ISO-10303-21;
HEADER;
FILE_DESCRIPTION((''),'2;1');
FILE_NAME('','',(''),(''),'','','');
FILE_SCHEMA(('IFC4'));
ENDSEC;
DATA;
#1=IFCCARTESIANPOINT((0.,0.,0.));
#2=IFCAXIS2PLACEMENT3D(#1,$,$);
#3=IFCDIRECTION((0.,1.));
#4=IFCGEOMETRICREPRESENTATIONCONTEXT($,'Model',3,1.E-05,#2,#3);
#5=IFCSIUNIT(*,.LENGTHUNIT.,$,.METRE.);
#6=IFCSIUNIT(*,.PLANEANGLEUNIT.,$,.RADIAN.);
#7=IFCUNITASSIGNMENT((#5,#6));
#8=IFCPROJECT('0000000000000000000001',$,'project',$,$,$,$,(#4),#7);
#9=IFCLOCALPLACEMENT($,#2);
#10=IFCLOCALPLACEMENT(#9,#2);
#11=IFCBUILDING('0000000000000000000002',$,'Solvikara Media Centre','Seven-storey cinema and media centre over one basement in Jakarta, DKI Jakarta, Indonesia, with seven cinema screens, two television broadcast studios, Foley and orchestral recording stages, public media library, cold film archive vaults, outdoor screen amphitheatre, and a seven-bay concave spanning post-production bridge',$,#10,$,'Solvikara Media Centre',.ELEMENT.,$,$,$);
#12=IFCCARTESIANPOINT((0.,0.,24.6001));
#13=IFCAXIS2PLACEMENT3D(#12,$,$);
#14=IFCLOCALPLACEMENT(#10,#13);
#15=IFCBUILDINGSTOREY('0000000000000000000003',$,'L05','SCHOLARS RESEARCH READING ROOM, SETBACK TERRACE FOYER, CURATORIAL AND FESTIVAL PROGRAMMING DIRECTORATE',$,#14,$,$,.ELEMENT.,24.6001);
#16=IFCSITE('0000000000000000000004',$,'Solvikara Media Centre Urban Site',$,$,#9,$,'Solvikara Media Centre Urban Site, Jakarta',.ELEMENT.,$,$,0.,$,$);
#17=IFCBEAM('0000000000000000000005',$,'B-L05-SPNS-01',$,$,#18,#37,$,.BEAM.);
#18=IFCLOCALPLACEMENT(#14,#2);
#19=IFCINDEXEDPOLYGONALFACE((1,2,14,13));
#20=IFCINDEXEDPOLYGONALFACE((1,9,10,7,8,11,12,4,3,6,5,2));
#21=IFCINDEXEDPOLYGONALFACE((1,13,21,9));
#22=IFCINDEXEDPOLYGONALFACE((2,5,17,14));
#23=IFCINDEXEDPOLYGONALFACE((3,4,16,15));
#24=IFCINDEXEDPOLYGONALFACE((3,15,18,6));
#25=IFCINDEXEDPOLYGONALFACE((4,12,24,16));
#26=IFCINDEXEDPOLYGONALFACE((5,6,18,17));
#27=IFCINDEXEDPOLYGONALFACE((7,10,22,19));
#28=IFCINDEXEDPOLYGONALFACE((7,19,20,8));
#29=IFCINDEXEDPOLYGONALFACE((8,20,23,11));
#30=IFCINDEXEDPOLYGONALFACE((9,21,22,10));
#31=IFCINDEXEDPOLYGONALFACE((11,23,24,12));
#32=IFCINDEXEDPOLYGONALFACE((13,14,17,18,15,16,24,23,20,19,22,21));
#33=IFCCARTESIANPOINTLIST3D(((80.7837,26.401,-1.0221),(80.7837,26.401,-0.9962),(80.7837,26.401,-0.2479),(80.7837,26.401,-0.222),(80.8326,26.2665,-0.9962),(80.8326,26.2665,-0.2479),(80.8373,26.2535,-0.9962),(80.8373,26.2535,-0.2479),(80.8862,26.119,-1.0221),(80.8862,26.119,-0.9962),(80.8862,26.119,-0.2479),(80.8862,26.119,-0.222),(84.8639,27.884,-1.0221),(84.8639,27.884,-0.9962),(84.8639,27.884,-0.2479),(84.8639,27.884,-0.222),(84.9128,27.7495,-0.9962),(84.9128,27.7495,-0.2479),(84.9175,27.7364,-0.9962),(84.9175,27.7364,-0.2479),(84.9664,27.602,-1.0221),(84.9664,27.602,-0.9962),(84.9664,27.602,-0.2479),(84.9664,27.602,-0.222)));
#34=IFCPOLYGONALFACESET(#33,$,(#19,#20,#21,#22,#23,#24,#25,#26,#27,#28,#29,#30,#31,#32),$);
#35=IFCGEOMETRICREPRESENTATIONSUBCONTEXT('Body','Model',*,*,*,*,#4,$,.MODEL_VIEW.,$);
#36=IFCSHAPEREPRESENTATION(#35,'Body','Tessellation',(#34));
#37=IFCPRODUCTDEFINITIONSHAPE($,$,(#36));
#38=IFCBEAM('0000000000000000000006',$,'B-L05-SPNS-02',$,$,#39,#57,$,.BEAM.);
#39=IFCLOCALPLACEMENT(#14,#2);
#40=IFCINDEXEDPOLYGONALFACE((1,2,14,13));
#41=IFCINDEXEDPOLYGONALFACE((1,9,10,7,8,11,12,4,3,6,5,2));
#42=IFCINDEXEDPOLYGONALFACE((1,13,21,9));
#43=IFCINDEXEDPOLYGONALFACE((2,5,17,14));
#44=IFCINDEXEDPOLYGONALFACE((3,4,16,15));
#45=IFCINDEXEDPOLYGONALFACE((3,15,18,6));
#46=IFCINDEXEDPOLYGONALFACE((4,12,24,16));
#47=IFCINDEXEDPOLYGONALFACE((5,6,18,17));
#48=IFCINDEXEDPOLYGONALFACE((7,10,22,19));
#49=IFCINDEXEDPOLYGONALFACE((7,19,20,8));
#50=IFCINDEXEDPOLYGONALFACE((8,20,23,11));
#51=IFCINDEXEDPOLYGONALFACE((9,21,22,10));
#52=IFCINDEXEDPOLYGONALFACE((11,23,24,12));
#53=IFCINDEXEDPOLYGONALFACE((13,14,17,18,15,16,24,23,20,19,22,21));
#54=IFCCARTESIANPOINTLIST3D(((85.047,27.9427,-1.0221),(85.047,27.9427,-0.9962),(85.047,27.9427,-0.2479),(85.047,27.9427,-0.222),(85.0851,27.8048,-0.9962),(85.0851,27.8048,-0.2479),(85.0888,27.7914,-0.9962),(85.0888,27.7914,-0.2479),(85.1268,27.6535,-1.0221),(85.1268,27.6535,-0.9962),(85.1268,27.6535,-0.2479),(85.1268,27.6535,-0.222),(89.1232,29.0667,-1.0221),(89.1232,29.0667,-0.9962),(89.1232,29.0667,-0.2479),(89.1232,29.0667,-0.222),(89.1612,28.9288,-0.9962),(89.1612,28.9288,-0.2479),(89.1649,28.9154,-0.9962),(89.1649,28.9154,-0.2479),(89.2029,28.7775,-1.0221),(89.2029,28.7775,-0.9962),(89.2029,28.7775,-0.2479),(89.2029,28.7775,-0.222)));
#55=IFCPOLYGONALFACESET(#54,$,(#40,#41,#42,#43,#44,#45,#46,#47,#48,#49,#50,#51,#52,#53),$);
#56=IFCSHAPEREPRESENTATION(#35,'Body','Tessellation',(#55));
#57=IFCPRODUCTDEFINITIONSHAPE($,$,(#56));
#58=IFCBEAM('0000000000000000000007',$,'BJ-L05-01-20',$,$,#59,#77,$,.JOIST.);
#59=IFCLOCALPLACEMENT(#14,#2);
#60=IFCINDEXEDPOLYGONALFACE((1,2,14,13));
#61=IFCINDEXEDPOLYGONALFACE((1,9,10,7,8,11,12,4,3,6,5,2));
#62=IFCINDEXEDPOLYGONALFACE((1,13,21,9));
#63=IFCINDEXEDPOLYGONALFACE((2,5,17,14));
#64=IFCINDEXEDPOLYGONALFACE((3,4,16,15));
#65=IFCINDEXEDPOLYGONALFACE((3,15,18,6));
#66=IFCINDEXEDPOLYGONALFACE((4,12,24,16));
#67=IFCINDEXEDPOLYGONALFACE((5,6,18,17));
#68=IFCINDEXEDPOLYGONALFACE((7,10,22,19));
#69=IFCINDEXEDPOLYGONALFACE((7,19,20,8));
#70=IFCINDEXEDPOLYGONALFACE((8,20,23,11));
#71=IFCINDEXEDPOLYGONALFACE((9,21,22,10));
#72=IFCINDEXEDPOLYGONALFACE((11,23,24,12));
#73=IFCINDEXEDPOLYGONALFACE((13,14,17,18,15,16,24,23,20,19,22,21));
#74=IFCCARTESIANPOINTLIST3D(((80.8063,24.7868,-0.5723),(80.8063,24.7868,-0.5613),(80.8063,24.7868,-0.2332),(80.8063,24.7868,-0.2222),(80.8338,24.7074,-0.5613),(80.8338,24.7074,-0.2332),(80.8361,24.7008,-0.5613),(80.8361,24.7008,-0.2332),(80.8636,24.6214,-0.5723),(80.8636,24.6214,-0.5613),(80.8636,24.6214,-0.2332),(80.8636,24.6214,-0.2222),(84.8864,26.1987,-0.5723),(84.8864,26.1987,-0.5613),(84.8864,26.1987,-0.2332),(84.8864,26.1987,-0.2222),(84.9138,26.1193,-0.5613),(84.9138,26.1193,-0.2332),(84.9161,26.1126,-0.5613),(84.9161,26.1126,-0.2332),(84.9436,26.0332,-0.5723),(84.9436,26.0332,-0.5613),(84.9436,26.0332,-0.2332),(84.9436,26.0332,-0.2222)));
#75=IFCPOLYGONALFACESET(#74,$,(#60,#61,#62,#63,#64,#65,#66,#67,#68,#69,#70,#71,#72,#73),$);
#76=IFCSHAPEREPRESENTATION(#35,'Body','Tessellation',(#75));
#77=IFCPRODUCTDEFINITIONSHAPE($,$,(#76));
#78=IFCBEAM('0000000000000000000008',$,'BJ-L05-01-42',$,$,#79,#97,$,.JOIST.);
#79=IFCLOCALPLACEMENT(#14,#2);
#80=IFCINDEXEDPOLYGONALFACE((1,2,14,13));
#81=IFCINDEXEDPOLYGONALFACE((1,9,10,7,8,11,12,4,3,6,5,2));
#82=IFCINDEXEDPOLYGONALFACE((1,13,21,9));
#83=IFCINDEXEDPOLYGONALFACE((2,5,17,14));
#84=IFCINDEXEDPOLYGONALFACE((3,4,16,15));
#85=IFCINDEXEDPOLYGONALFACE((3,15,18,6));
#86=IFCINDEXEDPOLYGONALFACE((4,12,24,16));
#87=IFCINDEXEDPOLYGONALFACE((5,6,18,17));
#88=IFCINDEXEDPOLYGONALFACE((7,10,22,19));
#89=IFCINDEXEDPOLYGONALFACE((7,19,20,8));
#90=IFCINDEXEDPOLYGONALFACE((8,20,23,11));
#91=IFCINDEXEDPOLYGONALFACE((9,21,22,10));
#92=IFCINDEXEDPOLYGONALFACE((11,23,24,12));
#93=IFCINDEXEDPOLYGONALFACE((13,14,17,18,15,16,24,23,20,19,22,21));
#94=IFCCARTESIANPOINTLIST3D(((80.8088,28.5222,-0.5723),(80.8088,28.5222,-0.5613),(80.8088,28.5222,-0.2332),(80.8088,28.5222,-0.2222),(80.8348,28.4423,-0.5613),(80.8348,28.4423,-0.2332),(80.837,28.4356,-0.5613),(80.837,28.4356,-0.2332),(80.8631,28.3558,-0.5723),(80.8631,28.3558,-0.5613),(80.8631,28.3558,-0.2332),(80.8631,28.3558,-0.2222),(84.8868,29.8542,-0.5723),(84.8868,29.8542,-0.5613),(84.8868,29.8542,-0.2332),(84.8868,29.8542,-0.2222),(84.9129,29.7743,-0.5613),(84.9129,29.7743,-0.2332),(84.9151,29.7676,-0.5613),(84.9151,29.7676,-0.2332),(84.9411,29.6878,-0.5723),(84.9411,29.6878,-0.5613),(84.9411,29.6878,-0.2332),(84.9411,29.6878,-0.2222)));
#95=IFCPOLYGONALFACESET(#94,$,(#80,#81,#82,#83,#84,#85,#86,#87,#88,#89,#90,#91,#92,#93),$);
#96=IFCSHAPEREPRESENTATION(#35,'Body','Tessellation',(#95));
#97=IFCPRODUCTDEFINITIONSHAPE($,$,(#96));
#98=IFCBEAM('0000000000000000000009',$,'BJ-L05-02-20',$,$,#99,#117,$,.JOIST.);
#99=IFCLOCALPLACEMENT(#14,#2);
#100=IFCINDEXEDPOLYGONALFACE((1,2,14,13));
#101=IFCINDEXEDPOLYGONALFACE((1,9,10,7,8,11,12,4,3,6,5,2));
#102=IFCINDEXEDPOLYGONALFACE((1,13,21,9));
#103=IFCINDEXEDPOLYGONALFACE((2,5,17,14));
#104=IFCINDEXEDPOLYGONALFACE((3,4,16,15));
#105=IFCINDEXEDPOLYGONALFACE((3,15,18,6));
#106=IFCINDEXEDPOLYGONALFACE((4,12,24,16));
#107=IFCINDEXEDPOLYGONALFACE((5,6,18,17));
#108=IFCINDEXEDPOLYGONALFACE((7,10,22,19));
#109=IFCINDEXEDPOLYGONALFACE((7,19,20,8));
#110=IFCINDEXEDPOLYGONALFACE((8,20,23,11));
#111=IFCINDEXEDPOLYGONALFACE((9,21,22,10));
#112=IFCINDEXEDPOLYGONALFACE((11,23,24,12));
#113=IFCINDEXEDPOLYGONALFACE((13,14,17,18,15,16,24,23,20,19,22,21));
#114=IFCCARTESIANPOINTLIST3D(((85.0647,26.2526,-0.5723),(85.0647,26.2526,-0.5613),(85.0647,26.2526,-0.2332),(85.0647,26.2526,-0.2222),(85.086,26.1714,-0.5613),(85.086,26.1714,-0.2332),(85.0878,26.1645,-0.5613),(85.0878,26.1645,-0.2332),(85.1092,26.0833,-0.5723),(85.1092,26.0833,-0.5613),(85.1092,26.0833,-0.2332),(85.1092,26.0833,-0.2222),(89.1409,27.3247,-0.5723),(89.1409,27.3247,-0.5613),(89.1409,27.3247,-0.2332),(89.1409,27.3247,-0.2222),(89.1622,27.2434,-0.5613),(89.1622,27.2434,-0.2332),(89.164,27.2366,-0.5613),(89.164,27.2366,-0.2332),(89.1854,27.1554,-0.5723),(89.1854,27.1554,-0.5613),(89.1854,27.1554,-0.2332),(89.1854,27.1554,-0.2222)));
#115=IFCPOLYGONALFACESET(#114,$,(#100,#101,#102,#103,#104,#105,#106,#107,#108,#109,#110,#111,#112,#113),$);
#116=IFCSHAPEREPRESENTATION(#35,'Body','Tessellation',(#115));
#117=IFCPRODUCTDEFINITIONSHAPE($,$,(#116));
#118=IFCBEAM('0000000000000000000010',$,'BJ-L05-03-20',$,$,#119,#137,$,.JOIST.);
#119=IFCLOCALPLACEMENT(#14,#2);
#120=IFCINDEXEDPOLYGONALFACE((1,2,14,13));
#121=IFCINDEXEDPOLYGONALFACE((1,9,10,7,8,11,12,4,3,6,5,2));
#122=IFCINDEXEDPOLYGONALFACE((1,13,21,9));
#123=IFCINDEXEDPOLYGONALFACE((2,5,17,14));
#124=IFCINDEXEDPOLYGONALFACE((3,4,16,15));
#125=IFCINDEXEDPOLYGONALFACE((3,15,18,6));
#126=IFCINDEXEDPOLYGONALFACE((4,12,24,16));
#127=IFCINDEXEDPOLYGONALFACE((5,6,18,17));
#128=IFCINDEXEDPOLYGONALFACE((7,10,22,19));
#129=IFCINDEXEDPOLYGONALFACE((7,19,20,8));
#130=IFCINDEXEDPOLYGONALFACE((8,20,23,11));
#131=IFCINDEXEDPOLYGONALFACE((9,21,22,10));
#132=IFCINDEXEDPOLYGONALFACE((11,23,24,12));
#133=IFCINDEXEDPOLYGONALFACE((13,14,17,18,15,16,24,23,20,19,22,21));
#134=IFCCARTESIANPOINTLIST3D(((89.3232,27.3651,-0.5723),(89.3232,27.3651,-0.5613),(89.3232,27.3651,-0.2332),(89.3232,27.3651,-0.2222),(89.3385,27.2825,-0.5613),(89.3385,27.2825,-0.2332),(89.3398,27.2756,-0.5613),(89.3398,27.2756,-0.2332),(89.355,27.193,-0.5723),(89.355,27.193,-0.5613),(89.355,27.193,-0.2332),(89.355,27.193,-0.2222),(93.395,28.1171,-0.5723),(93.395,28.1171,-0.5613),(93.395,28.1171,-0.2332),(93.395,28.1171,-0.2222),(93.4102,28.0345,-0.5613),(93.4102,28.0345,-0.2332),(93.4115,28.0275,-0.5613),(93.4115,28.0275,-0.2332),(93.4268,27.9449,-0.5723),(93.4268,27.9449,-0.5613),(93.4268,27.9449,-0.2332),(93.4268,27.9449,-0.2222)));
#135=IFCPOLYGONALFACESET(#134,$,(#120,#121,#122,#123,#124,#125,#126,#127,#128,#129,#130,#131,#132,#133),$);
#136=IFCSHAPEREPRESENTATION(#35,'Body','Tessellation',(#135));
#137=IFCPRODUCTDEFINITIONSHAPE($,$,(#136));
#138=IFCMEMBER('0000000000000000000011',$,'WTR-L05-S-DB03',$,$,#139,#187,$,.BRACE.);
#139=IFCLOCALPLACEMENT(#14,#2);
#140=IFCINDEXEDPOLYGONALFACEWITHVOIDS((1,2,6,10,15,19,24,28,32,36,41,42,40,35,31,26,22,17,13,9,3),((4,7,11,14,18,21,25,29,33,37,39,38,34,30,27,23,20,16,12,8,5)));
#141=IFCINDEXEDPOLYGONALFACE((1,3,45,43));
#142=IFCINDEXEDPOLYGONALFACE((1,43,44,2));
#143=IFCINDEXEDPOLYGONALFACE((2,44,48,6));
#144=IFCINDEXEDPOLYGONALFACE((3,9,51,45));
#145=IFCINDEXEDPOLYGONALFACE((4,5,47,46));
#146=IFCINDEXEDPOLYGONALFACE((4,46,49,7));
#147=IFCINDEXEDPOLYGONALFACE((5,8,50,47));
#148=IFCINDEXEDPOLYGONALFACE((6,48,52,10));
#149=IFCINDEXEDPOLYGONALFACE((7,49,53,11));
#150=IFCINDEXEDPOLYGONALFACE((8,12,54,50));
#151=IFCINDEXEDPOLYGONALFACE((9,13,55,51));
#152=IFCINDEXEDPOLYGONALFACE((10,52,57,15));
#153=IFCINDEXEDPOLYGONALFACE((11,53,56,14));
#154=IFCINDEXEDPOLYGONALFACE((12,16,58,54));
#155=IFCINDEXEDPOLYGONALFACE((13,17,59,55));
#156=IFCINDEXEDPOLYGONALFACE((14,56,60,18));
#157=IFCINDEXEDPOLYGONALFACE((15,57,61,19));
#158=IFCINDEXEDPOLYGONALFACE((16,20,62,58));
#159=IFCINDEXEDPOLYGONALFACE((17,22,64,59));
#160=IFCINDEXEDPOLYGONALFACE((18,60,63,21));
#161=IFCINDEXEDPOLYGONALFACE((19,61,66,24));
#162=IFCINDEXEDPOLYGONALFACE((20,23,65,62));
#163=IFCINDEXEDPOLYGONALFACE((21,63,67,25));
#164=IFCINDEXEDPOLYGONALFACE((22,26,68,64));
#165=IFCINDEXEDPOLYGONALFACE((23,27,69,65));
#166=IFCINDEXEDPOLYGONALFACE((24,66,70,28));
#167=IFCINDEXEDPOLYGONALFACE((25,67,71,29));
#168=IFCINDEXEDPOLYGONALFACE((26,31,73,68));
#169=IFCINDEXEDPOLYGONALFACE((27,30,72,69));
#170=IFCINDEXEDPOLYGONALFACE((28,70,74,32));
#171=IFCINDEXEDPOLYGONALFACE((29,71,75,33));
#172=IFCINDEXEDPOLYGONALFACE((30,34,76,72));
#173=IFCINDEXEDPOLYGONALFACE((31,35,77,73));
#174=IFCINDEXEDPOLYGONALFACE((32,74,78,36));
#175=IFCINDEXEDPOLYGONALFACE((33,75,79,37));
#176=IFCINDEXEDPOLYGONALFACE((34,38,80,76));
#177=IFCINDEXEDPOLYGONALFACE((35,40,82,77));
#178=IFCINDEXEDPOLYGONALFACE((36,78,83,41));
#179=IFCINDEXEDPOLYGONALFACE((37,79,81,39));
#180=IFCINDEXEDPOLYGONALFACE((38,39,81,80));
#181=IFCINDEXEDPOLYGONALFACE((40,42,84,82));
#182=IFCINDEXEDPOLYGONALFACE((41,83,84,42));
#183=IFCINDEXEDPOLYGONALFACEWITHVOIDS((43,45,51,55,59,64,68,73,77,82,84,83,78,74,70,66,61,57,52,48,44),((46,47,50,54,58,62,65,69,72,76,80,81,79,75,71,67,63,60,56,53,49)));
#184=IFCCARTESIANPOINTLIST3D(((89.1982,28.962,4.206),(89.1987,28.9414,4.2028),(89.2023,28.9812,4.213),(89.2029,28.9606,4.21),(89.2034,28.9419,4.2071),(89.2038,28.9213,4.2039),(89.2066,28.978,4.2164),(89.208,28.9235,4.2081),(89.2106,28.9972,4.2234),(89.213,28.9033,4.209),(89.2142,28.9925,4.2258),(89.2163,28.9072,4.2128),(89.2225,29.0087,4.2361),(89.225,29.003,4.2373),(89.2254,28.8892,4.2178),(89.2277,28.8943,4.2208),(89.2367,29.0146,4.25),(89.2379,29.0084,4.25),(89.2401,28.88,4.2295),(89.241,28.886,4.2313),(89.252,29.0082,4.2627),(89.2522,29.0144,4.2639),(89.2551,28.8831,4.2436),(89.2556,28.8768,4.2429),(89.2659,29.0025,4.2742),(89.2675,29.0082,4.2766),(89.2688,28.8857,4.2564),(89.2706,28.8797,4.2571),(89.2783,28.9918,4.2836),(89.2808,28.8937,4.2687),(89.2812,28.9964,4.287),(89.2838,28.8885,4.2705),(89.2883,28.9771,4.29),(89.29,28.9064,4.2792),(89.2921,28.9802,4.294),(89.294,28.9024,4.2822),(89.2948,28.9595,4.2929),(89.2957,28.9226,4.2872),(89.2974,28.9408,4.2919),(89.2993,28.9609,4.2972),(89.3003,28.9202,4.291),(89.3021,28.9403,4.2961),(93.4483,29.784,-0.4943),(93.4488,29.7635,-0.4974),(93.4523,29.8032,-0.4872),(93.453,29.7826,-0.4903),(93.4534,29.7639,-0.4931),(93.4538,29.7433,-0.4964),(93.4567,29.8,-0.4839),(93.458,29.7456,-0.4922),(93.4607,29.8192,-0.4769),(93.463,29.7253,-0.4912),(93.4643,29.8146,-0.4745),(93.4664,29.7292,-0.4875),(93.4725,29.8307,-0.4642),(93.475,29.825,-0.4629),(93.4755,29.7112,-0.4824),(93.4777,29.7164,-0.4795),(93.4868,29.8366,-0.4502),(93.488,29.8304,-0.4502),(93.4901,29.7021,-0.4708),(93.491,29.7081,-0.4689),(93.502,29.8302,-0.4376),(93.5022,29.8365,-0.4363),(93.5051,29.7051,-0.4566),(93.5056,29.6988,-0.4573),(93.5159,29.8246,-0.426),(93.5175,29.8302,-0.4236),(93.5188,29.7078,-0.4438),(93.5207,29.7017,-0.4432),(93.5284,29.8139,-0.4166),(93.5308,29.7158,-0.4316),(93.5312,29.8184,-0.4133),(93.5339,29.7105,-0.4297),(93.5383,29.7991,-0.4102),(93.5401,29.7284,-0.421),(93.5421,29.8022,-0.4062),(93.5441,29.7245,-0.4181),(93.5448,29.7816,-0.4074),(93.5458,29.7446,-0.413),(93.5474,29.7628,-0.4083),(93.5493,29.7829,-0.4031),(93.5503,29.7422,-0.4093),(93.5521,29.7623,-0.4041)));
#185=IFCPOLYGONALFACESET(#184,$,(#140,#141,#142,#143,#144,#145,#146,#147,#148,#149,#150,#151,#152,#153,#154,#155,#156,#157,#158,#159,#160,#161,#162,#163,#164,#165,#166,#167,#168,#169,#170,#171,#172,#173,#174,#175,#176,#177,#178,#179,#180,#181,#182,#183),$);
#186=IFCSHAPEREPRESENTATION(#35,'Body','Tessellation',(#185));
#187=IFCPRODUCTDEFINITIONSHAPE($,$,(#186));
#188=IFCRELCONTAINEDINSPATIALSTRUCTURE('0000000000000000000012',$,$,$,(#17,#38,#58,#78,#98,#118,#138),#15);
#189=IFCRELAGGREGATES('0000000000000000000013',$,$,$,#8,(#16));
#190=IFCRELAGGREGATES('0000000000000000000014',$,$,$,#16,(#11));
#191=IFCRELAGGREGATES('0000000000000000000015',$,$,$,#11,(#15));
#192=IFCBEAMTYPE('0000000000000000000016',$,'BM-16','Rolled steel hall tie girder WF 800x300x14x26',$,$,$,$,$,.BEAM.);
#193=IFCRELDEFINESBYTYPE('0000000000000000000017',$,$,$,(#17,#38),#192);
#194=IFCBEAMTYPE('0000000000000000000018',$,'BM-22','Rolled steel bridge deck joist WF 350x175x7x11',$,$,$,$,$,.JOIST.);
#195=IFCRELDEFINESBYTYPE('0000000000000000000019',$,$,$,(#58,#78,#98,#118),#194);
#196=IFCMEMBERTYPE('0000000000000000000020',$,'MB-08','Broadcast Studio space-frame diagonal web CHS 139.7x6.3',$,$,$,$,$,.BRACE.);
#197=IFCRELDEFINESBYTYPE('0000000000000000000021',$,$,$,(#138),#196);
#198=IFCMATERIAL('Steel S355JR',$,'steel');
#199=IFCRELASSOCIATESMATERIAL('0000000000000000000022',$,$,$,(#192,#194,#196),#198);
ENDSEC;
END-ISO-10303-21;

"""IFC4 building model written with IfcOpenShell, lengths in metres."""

from ifc_helpers import new_model, si_unit, direction, frame, origin, origin_2d, place, context, subcontext, project, spatial, hollow_circle, i_section, extrude, material, material_profile, profile_set, type_object, element, save


model = new_model("IFC4")

# Units and contexts
model_context = context("Model", 3, precision=1e-05, world=origin(), true_north=direction((0.0, 1.0)))
body_context = subcontext(model_context, "Body", "Model", "MODEL_VIEW")
ifc_project = project(units=[si_unit("LENGTHUNIT", "METRE"), si_unit("PLANEANGLEUNIT", "RADIAN")], contexts=[model_context])

# Site, building, storey
site_placement = place(None, origin())
site = spatial("IfcSite", under=ifc_project, at=site_placement, Name="Solvikara Media Centre Urban Site", LongName="Solvikara Media Centre Urban Site, Jakarta", CompositionType="ELEMENT", RefElevation=0.0)
building_placement = place(site_placement, origin())
building = spatial("IfcBuilding", under=site, at=building_placement, Name="Solvikara Media Centre", Description="Seven-storey cinema and media centre over one basement in Jakarta, DKI Jakarta, Indonesia, with seven cinema screens, two television broadcast studios, Foley and orchestral recording stages, public media library, cold film archive vaults, outdoor screen amphitheatre, and a seven-bay concave spanning post-production bridge", LongName="Solvikara Media Centre", CompositionType="ELEMENT")
storey_placement = place(building_placement, frame((0.0, 0.0, 24.6001)))
storey = spatial("IfcBuildingStorey", under=building, at=storey_placement, Name="L05", Description="SCHOLARS RESEARCH READING ROOM, SETBACK TERRACE FOYER, CURATORIAL AND FESTIVAL PROGRAMMING DIRECTORATE", CompositionType="ELEMENT", Elevation=24.6001)

# Beams
ifc_material_1 = material(Name="Steel S355JR", Category="steel")
ifc_material_profile_1 = material_profile(ifc_material_1, i_section(OverallWidth=0.3, OverallDepth=0.8, WebThickness=0.0139, FlangeThickness=0.0259, at=origin_2d()), Name="WF 800x300x14x26")
ifc_profile_set_1 = profile_set([ifc_material_profile_1], Name="Steel S355JR")
beam_type_1 = type_object("IfcBeamType", Name="BM-16", Description="Rolled steel hall tie girder WF 800x300x14x26", PredefinedType="BEAM", material=ifc_profile_set_1)
beam_1_placement = place(storey_placement, frame((80.835, 26.26, -0.6221), z_axis=(0.939849, 0.34159, 0.0), x_axis=(-0.34159, 0.939849, 0.0)))
element("IfcBeam", 1, at=beam_1_placement, inside=storey, type_object=beam_type_1, Name="B-L05-SPNS-01", PredefinedType="BEAM", context=body_context, shape_type="SweptSolid", body=[
    extrude(i_section(OverallWidth=0.3, OverallDepth=0.8, WebThickness=0.0139, FlangeThickness=0.0259, at=origin_2d()), origin(), (0.0, 0.0, 1.0), 4.3413),
])
beam_2_placement = place(storey_placement, frame((85.0869, 27.7981, -0.6221), z_axis=(0.964019, 0.265833, 0.0), x_axis=(-0.265833, 0.964019, 0.0)))
element("IfcBeam", 2, at=beam_2_placement, inside=storey, type_object=beam_type_1, Name="B-L05-SPNS-02", PredefinedType="BEAM", context=body_context, shape_type="SweptSolid", body=[
    extrude(i_section(OverallWidth=0.3, OverallDepth=0.8, WebThickness=0.0139, FlangeThickness=0.0259, at=origin_2d()), origin(), (0.0, 0.0, 1.0), 4.2283),
])
ifc_material_profile_2 = material_profile(ifc_material_1, i_section(OverallWidth=0.175, OverallDepth=0.3501, WebThickness=0.0071, FlangeThickness=0.011, at=origin_2d()), Name="WF 350x175x7x11")
ifc_profile_set_2 = profile_set([ifc_material_profile_2], Name="Steel S355JR")
beam_type_2 = type_object("IfcBeamType", Name="BM-22", Description="Rolled steel bridge deck joist WF 350x175x7x11", PredefinedType="JOIST", material=ifc_profile_set_2)
beam_3_placement = place(storey_placement, frame((80.835, 24.7041, -0.3972), z_axis=(0.94502, 0.327013, 0.0), x_axis=(-0.327013, 0.94502, 0.0)))
element("IfcBeam", 3, at=beam_3_placement, inside=storey, type_object=beam_type_2, Name="BJ-L05-01-20", PredefinedType="JOIST", context=body_context, shape_type="SweptSolid", body=[
    extrude(i_section(OverallWidth=0.175, OverallDepth=0.3501, WebThickness=0.0071, FlangeThickness=0.011, at=origin_2d()), origin(), (0.0, 0.0, 1.0), 4.3174),
])
beam_4_placement = place(storey_placement, frame((80.8359, 28.439, -0.3972), z_axis=(0.950578, 0.310486, 0.0), x_axis=(-0.310486, 0.950578, 0.0)))
element("IfcBeam", 4, at=beam_4_placement, inside=storey, type_object=beam_type_2, Name="BJ-L05-01-42", PredefinedType="JOIST", context=body_context, shape_type="SweptSolid", body=[
    extrude(i_section(OverallWidth=0.175, OverallDepth=0.3501, WebThickness=0.0071, FlangeThickness=0.011, at=origin_2d()), origin(), (0.0, 0.0, 1.0), 4.29),
])
beam_5_placement = place(storey_placement, frame((85.0869, 26.168, -0.3972), z_axis=(0.967113, 0.254348, 0.0), x_axis=(-0.254348, 0.967113, 0.0)))
element("IfcBeam", 5, at=beam_5_placement, inside=storey, type_object=beam_type_2, Name="BJ-L05-02-20", PredefinedType="JOIST", context=body_context, shape_type="SweptSolid", body=[
    extrude(i_section(OverallWidth=0.175, OverallDepth=0.3501, WebThickness=0.0071, FlangeThickness=0.011, at=origin_2d()), origin(), (0.0, 0.0, 1.0), 4.2148),
])
beam_6_placement = place(storey_placement, frame((89.3391, 27.2791, -0.3972), z_axis=(0.983372, 0.181604, 0.0), x_axis=(-0.181604, 0.983372, 0.0)))
element("IfcBeam", 6, at=beam_6_placement, inside=storey, type_object=beam_type_2, Name="BJ-L05-03-20", PredefinedType="JOIST", context=body_context, shape_type="SweptSolid", body=[
    extrude(i_section(OverallWidth=0.175, OverallDepth=0.3501, WebThickness=0.0071, FlangeThickness=0.011, at=origin_2d()), origin(), (0.0, 0.0, 1.0), 4.1406),
])

# Member
ifc_material_profile_3 = material_profile(ifc_material_1, hollow_circle(Radius=0.0698, WallThickness=0.0063, at=origin_2d()), Name="CHS 139.7x6.3")
ifc_profile_set_3 = profile_set([ifc_material_profile_3], Name="Steel S355JR")
member_type_1 = type_object("IfcMemberType", Name="MB-08", Description="Broadcast Studio space-frame diagonal web CHS 139.7x6.3", PredefinedType="BRACE", material=ifc_profile_set_3)
member_1_placement = place(storey_placement, frame((89.25, 28.946, 4.25), z_axis=(0.665118, 0.128645, -0.735573), x_axis=(-0.189897, 0.981804, 0.0)))
element("IfcMember", 7, at=member_1_placement, inside=storey, type_object=member_type_1, Name="WTR-L05-S-DB03", PredefinedType="BRACE", context=body_context, shape_type="SweptSolid", body=[
    extrude(hollow_circle(Radius=0.0698, WallThickness=0.0063, at=origin_2d()), origin(), (0.0, 0.0, 1.0), 6.3899),
])

save(model, "model.ifc")
